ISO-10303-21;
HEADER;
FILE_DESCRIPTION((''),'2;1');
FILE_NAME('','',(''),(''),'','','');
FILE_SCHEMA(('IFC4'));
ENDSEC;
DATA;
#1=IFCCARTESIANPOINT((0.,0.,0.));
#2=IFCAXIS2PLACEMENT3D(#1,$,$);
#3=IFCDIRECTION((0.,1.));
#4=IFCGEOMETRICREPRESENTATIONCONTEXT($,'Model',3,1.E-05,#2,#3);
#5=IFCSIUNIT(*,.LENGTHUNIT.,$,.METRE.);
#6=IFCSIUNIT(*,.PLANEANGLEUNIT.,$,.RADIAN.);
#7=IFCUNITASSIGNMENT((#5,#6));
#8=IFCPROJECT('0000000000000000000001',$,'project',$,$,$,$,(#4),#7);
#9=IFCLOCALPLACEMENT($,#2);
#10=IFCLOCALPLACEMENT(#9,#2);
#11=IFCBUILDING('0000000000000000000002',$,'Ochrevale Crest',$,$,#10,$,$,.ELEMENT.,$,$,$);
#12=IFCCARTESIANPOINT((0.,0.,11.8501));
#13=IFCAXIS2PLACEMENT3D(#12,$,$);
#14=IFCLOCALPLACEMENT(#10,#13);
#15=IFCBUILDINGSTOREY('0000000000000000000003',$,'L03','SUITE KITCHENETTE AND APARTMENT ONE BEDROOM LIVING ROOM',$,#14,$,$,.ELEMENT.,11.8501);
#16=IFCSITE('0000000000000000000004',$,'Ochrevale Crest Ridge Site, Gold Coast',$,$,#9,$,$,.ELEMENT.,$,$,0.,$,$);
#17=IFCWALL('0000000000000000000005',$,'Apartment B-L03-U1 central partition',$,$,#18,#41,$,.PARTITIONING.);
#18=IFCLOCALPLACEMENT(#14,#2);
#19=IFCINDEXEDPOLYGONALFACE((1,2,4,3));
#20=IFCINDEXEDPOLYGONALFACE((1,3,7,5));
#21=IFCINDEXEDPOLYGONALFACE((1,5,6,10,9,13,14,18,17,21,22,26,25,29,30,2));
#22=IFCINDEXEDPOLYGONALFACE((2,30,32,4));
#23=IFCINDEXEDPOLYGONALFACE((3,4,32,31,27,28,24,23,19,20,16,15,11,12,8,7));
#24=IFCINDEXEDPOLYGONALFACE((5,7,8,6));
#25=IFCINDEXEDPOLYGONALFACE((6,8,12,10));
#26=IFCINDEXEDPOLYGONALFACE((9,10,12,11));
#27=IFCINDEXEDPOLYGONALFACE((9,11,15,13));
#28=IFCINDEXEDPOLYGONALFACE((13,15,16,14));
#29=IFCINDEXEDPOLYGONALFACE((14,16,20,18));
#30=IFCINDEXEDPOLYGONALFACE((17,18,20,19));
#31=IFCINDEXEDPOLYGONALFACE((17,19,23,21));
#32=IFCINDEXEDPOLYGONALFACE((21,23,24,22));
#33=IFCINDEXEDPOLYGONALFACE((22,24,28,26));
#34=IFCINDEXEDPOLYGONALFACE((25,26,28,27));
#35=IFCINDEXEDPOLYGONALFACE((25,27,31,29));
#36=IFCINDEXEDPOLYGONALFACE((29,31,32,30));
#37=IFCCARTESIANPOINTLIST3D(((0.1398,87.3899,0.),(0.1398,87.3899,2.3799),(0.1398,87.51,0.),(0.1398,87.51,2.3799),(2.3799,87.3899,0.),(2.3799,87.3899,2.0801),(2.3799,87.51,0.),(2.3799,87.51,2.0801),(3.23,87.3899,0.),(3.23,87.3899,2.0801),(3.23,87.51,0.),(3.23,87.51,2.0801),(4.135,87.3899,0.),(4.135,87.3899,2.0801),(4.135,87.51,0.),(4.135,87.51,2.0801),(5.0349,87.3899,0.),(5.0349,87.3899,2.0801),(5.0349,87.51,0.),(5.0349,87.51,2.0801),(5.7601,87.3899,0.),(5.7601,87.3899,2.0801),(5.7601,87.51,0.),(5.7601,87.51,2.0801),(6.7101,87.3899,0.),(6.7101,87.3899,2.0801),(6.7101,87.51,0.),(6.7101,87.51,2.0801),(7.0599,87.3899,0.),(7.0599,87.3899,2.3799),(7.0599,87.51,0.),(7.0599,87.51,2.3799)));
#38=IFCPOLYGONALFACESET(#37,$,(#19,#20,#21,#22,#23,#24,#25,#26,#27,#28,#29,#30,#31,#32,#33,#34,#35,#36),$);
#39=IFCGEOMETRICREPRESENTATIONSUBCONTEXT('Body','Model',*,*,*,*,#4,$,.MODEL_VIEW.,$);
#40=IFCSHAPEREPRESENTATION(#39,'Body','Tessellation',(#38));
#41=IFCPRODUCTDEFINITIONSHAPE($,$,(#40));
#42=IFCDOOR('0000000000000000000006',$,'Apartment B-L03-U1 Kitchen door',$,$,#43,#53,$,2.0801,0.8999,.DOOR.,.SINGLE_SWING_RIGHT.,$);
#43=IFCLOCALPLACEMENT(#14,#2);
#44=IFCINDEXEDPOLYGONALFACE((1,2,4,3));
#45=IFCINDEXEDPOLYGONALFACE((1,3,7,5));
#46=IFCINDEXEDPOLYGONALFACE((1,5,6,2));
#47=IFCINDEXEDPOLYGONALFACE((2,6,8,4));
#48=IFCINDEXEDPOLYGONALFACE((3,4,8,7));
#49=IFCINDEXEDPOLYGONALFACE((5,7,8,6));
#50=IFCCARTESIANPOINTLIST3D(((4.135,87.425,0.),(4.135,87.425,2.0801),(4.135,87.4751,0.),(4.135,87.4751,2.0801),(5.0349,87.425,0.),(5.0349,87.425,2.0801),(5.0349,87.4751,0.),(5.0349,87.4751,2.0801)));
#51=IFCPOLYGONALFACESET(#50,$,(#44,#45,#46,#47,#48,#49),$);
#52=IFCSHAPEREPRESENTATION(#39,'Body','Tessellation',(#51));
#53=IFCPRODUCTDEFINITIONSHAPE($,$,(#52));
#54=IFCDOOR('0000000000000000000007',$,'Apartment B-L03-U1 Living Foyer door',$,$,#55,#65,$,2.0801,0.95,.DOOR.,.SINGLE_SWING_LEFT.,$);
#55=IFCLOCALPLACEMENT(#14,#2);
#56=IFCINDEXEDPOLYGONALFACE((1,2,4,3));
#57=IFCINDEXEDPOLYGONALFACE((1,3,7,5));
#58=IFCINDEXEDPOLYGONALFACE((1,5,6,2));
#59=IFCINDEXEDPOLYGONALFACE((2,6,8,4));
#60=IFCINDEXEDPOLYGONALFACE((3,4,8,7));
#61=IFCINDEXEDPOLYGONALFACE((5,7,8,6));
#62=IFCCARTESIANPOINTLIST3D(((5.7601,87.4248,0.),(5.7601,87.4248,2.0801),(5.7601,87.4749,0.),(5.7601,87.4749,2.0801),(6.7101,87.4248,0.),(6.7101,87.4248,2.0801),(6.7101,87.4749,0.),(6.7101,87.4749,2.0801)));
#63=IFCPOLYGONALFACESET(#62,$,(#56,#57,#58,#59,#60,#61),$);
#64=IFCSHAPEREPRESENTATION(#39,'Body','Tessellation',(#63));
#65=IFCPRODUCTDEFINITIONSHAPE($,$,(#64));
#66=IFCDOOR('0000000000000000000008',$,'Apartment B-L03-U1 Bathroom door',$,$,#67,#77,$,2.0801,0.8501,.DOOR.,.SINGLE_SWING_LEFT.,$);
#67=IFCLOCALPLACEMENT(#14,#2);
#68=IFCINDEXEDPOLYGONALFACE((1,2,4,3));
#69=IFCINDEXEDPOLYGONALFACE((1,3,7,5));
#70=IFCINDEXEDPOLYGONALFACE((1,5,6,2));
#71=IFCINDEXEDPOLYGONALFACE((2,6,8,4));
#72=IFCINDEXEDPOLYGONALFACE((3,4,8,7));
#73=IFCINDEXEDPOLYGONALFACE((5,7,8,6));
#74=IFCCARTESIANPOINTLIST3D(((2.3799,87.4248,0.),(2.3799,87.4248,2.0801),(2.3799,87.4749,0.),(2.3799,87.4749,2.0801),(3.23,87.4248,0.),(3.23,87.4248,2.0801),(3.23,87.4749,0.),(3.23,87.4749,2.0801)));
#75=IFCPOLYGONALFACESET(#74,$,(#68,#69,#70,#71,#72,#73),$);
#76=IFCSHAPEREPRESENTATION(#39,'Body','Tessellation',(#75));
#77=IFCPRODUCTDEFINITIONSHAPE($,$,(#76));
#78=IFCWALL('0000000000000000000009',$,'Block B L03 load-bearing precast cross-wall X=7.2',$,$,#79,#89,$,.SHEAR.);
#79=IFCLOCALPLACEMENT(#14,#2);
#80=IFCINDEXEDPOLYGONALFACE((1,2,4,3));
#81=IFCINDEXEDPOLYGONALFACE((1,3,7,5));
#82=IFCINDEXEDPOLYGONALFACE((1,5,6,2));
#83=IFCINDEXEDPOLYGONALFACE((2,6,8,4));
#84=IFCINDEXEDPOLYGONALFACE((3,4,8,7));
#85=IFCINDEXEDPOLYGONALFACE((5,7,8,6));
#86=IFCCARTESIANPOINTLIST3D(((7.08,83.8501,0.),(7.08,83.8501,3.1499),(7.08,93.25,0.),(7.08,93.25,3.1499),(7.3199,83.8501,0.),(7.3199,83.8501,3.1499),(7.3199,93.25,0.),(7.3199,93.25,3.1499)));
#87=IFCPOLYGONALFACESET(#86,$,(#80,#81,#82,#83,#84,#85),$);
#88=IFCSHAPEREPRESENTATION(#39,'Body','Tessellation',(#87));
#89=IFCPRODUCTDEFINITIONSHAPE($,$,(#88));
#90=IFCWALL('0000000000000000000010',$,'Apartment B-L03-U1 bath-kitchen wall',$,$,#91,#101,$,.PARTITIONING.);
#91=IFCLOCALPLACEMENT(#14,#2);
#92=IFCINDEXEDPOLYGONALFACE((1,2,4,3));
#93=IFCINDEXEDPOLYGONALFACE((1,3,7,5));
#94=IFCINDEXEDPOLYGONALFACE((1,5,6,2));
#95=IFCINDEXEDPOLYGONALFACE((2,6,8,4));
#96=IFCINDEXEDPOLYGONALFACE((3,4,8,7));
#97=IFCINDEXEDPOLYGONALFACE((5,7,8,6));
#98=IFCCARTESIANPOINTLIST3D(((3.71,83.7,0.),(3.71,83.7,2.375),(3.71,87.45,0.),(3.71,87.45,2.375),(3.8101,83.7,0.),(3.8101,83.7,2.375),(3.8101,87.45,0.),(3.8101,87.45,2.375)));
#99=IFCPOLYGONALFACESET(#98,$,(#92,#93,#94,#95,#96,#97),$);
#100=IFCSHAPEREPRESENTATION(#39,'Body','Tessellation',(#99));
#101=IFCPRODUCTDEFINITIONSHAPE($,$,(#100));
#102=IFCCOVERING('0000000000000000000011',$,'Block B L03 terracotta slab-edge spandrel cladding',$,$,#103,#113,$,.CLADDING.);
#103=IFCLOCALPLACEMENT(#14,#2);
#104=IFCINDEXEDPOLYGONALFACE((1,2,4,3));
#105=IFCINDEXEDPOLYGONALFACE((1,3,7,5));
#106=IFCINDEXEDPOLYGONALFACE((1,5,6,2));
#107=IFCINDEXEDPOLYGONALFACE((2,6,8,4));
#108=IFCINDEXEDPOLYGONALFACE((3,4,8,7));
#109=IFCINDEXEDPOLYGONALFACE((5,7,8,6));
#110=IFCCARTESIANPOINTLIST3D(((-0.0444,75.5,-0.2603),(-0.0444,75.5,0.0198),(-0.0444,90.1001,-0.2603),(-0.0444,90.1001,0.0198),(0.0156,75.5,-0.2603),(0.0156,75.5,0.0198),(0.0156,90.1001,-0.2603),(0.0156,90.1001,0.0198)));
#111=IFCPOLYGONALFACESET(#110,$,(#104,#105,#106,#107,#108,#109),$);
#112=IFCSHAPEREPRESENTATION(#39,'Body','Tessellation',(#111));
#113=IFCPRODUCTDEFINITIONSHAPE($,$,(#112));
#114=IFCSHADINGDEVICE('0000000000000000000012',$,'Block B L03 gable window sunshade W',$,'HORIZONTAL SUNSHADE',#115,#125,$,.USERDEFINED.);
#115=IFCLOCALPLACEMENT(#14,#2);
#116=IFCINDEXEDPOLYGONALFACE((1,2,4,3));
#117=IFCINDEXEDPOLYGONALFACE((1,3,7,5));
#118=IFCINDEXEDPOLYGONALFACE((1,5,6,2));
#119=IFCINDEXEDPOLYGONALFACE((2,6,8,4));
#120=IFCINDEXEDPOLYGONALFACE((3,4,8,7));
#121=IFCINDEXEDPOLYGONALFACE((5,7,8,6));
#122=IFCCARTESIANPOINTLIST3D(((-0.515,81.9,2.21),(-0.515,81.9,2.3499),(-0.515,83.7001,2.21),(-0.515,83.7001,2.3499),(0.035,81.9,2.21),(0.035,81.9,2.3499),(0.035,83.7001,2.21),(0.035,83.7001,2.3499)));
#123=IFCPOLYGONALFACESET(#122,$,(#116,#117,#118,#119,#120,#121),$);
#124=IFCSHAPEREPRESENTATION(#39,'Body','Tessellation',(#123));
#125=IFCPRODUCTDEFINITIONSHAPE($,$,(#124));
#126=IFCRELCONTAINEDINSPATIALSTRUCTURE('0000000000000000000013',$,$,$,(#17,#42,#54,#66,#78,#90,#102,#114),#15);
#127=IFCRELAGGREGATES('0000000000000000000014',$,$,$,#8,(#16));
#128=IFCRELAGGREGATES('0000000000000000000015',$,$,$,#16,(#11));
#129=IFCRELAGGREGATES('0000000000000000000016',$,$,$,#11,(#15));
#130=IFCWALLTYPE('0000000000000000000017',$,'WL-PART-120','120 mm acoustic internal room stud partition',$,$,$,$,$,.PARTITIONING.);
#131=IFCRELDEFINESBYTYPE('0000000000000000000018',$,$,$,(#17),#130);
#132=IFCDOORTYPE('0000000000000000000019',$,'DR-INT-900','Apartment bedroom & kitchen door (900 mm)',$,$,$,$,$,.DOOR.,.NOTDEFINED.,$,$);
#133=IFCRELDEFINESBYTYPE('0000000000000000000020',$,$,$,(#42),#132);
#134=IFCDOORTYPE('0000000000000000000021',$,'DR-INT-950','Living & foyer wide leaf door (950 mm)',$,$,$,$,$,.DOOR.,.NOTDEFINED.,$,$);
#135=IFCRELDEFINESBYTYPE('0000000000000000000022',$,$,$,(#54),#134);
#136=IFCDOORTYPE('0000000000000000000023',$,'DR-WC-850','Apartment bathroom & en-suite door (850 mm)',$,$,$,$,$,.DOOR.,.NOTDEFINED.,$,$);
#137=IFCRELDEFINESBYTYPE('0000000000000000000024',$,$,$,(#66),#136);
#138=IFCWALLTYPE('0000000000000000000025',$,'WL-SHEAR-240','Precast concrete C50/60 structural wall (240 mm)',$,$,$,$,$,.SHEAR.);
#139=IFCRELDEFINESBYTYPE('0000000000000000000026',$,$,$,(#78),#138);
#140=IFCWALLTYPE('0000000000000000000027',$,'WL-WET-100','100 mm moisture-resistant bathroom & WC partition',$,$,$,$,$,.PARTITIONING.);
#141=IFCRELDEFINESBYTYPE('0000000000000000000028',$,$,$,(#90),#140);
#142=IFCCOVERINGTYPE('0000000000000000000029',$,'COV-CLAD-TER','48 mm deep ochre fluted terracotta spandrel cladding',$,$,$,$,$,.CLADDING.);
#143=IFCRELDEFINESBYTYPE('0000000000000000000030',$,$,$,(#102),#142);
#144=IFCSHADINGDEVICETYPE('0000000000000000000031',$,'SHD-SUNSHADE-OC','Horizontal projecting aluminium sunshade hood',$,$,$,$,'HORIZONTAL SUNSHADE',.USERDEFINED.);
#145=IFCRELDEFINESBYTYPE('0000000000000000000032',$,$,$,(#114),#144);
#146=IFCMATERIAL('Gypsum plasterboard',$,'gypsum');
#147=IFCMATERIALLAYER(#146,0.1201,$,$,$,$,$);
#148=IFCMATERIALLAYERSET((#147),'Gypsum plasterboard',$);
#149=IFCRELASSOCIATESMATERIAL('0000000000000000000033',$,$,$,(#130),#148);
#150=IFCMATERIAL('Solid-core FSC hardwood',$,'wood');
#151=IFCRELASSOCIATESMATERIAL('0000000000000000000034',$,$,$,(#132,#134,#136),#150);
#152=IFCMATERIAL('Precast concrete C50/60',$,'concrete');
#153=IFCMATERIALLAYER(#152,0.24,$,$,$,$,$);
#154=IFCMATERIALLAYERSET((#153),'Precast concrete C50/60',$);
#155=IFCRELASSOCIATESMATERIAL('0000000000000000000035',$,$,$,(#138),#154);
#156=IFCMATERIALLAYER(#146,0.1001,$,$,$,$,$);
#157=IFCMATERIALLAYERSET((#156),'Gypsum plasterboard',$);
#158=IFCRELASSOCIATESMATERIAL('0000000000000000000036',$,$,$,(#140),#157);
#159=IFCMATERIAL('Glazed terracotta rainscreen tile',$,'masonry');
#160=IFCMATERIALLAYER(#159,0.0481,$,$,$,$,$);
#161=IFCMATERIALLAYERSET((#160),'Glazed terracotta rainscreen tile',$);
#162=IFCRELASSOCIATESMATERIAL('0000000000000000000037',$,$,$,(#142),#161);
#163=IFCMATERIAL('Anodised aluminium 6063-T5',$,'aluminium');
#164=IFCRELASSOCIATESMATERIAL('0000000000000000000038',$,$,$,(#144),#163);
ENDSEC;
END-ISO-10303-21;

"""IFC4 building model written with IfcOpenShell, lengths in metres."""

from ifc_helpers import new_model, si_unit, direction, frame, frame_2d, origin, origin_2d, place, context, subcontext, project, spatial, rectangle, extrude, material, layer, layer_set, type_object, element, fill, save


model = new_model("IFC4")

# Units and contexts
model_context = context("Model", 3, precision=1e-05, world=origin(), true_north=direction((0.0, 1.0)))
body_context = subcontext(model_context, "Body", "Model", "MODEL_VIEW")
ifc_project = project(units=[si_unit("LENGTHUNIT", "METRE"), si_unit("PLANEANGLEUNIT", "RADIAN")], contexts=[model_context])

# Site, building, storey
site_placement = place(None, origin())
site = spatial("IfcSite", under=ifc_project, at=site_placement, Name="Ochrevale Crest Ridge Site, Gold Coast", CompositionType="ELEMENT", RefElevation=0.0)
building_placement = place(site_placement, origin())
building = spatial("IfcBuilding", under=site, at=building_placement, Name="Ochrevale Crest", CompositionType="ELEMENT")
storey_placement = place(building_placement, frame((0.0, 0.0, 11.8501)))
storey = spatial("IfcBuildingStorey", under=building, at=storey_placement, Name="L03", Description="SUITE KITCHENETTE AND APARTMENT ONE BEDROOM LIVING ROOM", CompositionType="ELEMENT", Elevation=11.8501)

# Shared definitions
ifc_material_1 = material(Name="Precast concrete C50/60", Category="concrete")

# Shared definitions
ifc_material_2 = material(Name="Anodised aluminium 6063-T5", Category="aluminium")

# Shared definitions
ifc_material_3 = material(Name="Gypsum plasterboard", Category="gypsum")
ifc_material_4 = material(Name="Solid-core FSC hardwood", Category="wood")

# Shared definitions
ifc_layer_1 = layer(ifc_material_3, 0.1201)
ifc_layer_set_1 = layer_set([ifc_layer_1], Name="Gypsum plasterboard")
wall_type_1 = type_object("IfcWallType", Name="WL-PART-120", Description="120 mm acoustic internal room stud partition", PredefinedType="PARTITIONING", material=ifc_layer_set_1)

# Wall, openings, doors
wall_1_placement = place(storey_placement, frame((0.1399, 87.45, 0.0), z_axis=(0.0, 0.0, 1.0), x_axis=(1.0, 0.0, 0.0)))
wall_1 = element("IfcWall", 1, at=wall_1_placement, inside=storey, type_object=wall_type_1, Name="Apartment B-L03-U1 central partition", PredefinedType="PARTITIONING", context=body_context, shape_type="SweptSolid", body=[
    extrude(rectangle(XDim=6.9202, YDim=0.1201, at=frame_2d((3.46, 0.0))), origin(), (0.0, 0.0, 1.0), 2.3799),
])
opening_1_placement = place(wall_1_placement, frame((2.24, 0.0, 0.0)))
opening_1 = element("IfcOpeningElement", 2, at=opening_1_placement, cuts=wall_1, PredefinedType="OPENING", context=body_context, shape_type="SweptSolid", body=[
    extrude(rectangle(XDim=0.8501, YDim=2.0801, at=frame_2d((0.425, 1.04))), frame((0.0, 0.0701, 0.0), z_axis=(0.0, -1.0, 0.0), x_axis=(1.0, 0.0, 0.0)), (0.0, 0.0, 1.0), 0.1401),
])
opening_2_placement = place(wall_1_placement, frame((4.895, 0.0, 0.0), z_axis=(0.0, 0.0, 1.0), x_axis=(-1.0, 0.0, 0.0)))
opening_2 = element("IfcOpeningElement", 3, at=opening_2_placement, cuts=wall_1, PredefinedType="OPENING", context=body_context, shape_type="SweptSolid", body=[
    extrude(rectangle(XDim=0.8999, YDim=2.0801, at=frame_2d((0.45, 1.04))), frame((0.0, 0.0701, 0.0), z_axis=(0.0, -1.0, 0.0), x_axis=(1.0, 0.0, 0.0)), (0.0, 0.0, 1.0), 0.1401),
])
opening_3_placement = place(wall_1_placement, frame((5.6201, 0.0, 0.0)))
opening_3 = element("IfcOpeningElement", 4, at=opening_3_placement, cuts=wall_1, PredefinedType="OPENING", context=body_context, shape_type="SweptSolid", body=[
    extrude(rectangle(XDim=0.95, YDim=2.0801, at=frame_2d((0.4751, 1.04))), frame((0.0, 0.0701, 0.0), z_axis=(0.0, -1.0, 0.0), x_axis=(1.0, 0.0, 0.0)), (0.0, 0.0, 1.0), 0.1401),
])
door_type_1 = type_object("IfcDoorType", Name="DR-INT-900", Description="Apartment bedroom & kitchen door (900 mm)", OperationType="NOTDEFINED", PredefinedType="DOOR", material=ifc_material_4)
door_1_placement = place(opening_2_placement, origin())
door_1 = element("IfcDoor", 5, at=door_1_placement, inside=storey, type_object=door_type_1, Name="Apartment B-L03-U1 Kitchen door", OperationType="SINGLE_SWING_RIGHT", OverallHeight=2.0801, OverallWidth=0.8999, PredefinedType="DOOR", context=body_context, shape_type="SweptSolid", body=[
    extrude(rectangle(XDim=0.8999, YDim=2.0801, at=frame_2d((0.45, 1.04))), frame((0.0, 0.0249, 0.0), z_axis=(0.0, -1.0, 0.0), x_axis=(1.0, 0.0, 0.0)), (0.0, 0.0, 1.0), 0.05),
])
fill(opening_2, door_1)
door_type_2 = type_object("IfcDoorType", Name="DR-INT-950", Description="Living & foyer wide leaf door (950 mm)", OperationType="NOTDEFINED", PredefinedType="DOOR", material=ifc_material_4)
door_2_placement = place(opening_3_placement, origin())
door_2 = element("IfcDoor", 6, at=door_2_placement, inside=storey, type_object=door_type_2, Name="Apartment B-L03-U1 Living Foyer door", OperationType="SINGLE_SWING_LEFT", OverallHeight=2.0801, OverallWidth=0.95, PredefinedType="DOOR", context=body_context, shape_type="SweptSolid", body=[
    extrude(rectangle(XDim=0.95, YDim=2.0801, at=frame_2d((0.4751, 1.04))), frame((0.0, 0.0249, 0.0), z_axis=(0.0, -1.0, 0.0), x_axis=(1.0, 0.0, 0.0)), (0.0, 0.0, 1.0), 0.05),
])
fill(opening_3, door_2)
door_type_3 = type_object("IfcDoorType", Name="DR-WC-850", Description="Apartment bathroom & en-suite door (850 mm)", OperationType="NOTDEFINED", PredefinedType="DOOR", material=ifc_material_4)
door_3_placement = place(opening_1_placement, origin())
door_3 = element("IfcDoor", 7, at=door_3_placement, inside=storey, type_object=door_type_3, Name="Apartment B-L03-U1 Bathroom door", OperationType="SINGLE_SWING_LEFT", OverallHeight=2.0801, OverallWidth=0.8501, PredefinedType="DOOR", context=body_context, shape_type="SweptSolid", body=[
    extrude(rectangle(XDim=0.8501, YDim=2.0801, at=frame_2d((0.425, 1.04))), frame((0.0, 0.0249, 0.0), z_axis=(0.0, -1.0, 0.0), x_axis=(1.0, 0.0, 0.0)), (0.0, 0.0, 1.0), 0.05),
])
fill(opening_1, door_3)

# Walls
ifc_layer_2 = layer(ifc_material_1, 0.24)
ifc_layer_set_2 = layer_set([ifc_layer_2], Name="Precast concrete C50/60")
wall_type_2 = type_object("IfcWallType", Name="WL-SHEAR-240", Description="Precast concrete C50/60 structural wall (240 mm)", PredefinedType="SHEAR", material=ifc_layer_set_2)
wall_2_placement = place(storey_placement, frame((7.2, 83.8501, 0.0), z_axis=(0.0, 0.0, 1.0), x_axis=(0.0, 1.0, 0.0)))
element("IfcWall", 8, at=wall_2_placement, inside=storey, type_object=wall_type_2, Name="Block B L03 load-bearing precast cross-wall X=7.2", PredefinedType="SHEAR", context=body_context, shape_type="SweptSolid", body=[
    extrude(rectangle(XDim=9.3999, YDim=0.24, at=frame_2d((4.7, 0.0))), origin(), (0.0, 0.0, 1.0), 3.1499),
])
ifc_layer_3 = layer(ifc_material_3, 0.1001)
ifc_layer_set_3 = layer_set([ifc_layer_3], Name="Gypsum plasterboard")
wall_type_3 = type_object("IfcWallType", Name="WL-WET-100", Description="100 mm moisture-resistant bathroom & WC partition", PredefinedType="PARTITIONING", material=ifc_layer_set_3)
wall_3_placement = place(storey_placement, frame((3.76, 83.7, 0.0), z_axis=(0.0, 0.0, 1.0), x_axis=(0.0, 1.0, 0.0)))
element("IfcWall", 9, at=wall_3_placement, inside=storey, type_object=wall_type_3, Name="Apartment B-L03-U1 bath-kitchen wall", PredefinedType="PARTITIONING", context=body_context, shape_type="SweptSolid", body=[
    extrude(rectangle(XDim=3.75, YDim=0.1001, at=frame_2d((1.875, 0.0))), origin(), (0.0, 0.0, 1.0), 2.375),
])

# Covering
ifc_material_5 = material(Name="Glazed terracotta rainscreen tile", Category="masonry")
ifc_layer_4 = layer(ifc_material_5, 0.0481)
ifc_layer_set_4 = layer_set([ifc_layer_4], Name="Glazed terracotta rainscreen tile")
covering_type = type_object("IfcCoveringType", Name="COV-CLAD-TER", Description="48 mm deep ochre fluted terracotta spandrel cladding", PredefinedType="CLADDING", material=ifc_layer_set_4)
covering_placement = place(storey_placement, frame((-0.0144, 82.8, -0.2603), z_axis=(0.0, 0.0, 1.0), x_axis=(0.0, -1.0, 0.0)))
element("IfcCovering", 10, at=covering_placement, inside=storey, type_object=covering_type, Name="Block B L03 terracotta slab-edge spandrel cladding", PredefinedType="CLADDING", context=body_context, shape_type="SweptSolid", body=[
    extrude(rectangle(XDim=14.6001, YDim=0.0601, at=origin_2d()), origin(), (0.0, 0.0, 1.0), 0.28),
])

# Shading device
shading_device_type = type_object("IfcShadingDeviceType", Name="SHD-SUNSHADE-OC", Description="Horizontal projecting aluminium sunshade hood", ElementType="HORIZONTAL SUNSHADE", PredefinedType="USERDEFINED", material=ifc_material_2)
shading_device_placement = place(storey_placement, frame((-0.24, 82.8, 2.21), z_axis=(0.0, 0.0, 1.0), x_axis=(1.0, 0.0, 0.0)))
element("IfcShadingDevice", 11, at=shading_device_placement, inside=storey, type_object=shading_device_type, Name="Block B L03 gable window sunshade W", ObjectType="HORIZONTAL SUNSHADE", PredefinedType="USERDEFINED", context=body_context, shape_type="SweptSolid", body=[
    extrude(rectangle(XDim=0.55, YDim=1.8, at=origin_2d()), origin(), (0.0, 0.0, 1.0), 0.1399),
])

save(model, "model.ifc")
